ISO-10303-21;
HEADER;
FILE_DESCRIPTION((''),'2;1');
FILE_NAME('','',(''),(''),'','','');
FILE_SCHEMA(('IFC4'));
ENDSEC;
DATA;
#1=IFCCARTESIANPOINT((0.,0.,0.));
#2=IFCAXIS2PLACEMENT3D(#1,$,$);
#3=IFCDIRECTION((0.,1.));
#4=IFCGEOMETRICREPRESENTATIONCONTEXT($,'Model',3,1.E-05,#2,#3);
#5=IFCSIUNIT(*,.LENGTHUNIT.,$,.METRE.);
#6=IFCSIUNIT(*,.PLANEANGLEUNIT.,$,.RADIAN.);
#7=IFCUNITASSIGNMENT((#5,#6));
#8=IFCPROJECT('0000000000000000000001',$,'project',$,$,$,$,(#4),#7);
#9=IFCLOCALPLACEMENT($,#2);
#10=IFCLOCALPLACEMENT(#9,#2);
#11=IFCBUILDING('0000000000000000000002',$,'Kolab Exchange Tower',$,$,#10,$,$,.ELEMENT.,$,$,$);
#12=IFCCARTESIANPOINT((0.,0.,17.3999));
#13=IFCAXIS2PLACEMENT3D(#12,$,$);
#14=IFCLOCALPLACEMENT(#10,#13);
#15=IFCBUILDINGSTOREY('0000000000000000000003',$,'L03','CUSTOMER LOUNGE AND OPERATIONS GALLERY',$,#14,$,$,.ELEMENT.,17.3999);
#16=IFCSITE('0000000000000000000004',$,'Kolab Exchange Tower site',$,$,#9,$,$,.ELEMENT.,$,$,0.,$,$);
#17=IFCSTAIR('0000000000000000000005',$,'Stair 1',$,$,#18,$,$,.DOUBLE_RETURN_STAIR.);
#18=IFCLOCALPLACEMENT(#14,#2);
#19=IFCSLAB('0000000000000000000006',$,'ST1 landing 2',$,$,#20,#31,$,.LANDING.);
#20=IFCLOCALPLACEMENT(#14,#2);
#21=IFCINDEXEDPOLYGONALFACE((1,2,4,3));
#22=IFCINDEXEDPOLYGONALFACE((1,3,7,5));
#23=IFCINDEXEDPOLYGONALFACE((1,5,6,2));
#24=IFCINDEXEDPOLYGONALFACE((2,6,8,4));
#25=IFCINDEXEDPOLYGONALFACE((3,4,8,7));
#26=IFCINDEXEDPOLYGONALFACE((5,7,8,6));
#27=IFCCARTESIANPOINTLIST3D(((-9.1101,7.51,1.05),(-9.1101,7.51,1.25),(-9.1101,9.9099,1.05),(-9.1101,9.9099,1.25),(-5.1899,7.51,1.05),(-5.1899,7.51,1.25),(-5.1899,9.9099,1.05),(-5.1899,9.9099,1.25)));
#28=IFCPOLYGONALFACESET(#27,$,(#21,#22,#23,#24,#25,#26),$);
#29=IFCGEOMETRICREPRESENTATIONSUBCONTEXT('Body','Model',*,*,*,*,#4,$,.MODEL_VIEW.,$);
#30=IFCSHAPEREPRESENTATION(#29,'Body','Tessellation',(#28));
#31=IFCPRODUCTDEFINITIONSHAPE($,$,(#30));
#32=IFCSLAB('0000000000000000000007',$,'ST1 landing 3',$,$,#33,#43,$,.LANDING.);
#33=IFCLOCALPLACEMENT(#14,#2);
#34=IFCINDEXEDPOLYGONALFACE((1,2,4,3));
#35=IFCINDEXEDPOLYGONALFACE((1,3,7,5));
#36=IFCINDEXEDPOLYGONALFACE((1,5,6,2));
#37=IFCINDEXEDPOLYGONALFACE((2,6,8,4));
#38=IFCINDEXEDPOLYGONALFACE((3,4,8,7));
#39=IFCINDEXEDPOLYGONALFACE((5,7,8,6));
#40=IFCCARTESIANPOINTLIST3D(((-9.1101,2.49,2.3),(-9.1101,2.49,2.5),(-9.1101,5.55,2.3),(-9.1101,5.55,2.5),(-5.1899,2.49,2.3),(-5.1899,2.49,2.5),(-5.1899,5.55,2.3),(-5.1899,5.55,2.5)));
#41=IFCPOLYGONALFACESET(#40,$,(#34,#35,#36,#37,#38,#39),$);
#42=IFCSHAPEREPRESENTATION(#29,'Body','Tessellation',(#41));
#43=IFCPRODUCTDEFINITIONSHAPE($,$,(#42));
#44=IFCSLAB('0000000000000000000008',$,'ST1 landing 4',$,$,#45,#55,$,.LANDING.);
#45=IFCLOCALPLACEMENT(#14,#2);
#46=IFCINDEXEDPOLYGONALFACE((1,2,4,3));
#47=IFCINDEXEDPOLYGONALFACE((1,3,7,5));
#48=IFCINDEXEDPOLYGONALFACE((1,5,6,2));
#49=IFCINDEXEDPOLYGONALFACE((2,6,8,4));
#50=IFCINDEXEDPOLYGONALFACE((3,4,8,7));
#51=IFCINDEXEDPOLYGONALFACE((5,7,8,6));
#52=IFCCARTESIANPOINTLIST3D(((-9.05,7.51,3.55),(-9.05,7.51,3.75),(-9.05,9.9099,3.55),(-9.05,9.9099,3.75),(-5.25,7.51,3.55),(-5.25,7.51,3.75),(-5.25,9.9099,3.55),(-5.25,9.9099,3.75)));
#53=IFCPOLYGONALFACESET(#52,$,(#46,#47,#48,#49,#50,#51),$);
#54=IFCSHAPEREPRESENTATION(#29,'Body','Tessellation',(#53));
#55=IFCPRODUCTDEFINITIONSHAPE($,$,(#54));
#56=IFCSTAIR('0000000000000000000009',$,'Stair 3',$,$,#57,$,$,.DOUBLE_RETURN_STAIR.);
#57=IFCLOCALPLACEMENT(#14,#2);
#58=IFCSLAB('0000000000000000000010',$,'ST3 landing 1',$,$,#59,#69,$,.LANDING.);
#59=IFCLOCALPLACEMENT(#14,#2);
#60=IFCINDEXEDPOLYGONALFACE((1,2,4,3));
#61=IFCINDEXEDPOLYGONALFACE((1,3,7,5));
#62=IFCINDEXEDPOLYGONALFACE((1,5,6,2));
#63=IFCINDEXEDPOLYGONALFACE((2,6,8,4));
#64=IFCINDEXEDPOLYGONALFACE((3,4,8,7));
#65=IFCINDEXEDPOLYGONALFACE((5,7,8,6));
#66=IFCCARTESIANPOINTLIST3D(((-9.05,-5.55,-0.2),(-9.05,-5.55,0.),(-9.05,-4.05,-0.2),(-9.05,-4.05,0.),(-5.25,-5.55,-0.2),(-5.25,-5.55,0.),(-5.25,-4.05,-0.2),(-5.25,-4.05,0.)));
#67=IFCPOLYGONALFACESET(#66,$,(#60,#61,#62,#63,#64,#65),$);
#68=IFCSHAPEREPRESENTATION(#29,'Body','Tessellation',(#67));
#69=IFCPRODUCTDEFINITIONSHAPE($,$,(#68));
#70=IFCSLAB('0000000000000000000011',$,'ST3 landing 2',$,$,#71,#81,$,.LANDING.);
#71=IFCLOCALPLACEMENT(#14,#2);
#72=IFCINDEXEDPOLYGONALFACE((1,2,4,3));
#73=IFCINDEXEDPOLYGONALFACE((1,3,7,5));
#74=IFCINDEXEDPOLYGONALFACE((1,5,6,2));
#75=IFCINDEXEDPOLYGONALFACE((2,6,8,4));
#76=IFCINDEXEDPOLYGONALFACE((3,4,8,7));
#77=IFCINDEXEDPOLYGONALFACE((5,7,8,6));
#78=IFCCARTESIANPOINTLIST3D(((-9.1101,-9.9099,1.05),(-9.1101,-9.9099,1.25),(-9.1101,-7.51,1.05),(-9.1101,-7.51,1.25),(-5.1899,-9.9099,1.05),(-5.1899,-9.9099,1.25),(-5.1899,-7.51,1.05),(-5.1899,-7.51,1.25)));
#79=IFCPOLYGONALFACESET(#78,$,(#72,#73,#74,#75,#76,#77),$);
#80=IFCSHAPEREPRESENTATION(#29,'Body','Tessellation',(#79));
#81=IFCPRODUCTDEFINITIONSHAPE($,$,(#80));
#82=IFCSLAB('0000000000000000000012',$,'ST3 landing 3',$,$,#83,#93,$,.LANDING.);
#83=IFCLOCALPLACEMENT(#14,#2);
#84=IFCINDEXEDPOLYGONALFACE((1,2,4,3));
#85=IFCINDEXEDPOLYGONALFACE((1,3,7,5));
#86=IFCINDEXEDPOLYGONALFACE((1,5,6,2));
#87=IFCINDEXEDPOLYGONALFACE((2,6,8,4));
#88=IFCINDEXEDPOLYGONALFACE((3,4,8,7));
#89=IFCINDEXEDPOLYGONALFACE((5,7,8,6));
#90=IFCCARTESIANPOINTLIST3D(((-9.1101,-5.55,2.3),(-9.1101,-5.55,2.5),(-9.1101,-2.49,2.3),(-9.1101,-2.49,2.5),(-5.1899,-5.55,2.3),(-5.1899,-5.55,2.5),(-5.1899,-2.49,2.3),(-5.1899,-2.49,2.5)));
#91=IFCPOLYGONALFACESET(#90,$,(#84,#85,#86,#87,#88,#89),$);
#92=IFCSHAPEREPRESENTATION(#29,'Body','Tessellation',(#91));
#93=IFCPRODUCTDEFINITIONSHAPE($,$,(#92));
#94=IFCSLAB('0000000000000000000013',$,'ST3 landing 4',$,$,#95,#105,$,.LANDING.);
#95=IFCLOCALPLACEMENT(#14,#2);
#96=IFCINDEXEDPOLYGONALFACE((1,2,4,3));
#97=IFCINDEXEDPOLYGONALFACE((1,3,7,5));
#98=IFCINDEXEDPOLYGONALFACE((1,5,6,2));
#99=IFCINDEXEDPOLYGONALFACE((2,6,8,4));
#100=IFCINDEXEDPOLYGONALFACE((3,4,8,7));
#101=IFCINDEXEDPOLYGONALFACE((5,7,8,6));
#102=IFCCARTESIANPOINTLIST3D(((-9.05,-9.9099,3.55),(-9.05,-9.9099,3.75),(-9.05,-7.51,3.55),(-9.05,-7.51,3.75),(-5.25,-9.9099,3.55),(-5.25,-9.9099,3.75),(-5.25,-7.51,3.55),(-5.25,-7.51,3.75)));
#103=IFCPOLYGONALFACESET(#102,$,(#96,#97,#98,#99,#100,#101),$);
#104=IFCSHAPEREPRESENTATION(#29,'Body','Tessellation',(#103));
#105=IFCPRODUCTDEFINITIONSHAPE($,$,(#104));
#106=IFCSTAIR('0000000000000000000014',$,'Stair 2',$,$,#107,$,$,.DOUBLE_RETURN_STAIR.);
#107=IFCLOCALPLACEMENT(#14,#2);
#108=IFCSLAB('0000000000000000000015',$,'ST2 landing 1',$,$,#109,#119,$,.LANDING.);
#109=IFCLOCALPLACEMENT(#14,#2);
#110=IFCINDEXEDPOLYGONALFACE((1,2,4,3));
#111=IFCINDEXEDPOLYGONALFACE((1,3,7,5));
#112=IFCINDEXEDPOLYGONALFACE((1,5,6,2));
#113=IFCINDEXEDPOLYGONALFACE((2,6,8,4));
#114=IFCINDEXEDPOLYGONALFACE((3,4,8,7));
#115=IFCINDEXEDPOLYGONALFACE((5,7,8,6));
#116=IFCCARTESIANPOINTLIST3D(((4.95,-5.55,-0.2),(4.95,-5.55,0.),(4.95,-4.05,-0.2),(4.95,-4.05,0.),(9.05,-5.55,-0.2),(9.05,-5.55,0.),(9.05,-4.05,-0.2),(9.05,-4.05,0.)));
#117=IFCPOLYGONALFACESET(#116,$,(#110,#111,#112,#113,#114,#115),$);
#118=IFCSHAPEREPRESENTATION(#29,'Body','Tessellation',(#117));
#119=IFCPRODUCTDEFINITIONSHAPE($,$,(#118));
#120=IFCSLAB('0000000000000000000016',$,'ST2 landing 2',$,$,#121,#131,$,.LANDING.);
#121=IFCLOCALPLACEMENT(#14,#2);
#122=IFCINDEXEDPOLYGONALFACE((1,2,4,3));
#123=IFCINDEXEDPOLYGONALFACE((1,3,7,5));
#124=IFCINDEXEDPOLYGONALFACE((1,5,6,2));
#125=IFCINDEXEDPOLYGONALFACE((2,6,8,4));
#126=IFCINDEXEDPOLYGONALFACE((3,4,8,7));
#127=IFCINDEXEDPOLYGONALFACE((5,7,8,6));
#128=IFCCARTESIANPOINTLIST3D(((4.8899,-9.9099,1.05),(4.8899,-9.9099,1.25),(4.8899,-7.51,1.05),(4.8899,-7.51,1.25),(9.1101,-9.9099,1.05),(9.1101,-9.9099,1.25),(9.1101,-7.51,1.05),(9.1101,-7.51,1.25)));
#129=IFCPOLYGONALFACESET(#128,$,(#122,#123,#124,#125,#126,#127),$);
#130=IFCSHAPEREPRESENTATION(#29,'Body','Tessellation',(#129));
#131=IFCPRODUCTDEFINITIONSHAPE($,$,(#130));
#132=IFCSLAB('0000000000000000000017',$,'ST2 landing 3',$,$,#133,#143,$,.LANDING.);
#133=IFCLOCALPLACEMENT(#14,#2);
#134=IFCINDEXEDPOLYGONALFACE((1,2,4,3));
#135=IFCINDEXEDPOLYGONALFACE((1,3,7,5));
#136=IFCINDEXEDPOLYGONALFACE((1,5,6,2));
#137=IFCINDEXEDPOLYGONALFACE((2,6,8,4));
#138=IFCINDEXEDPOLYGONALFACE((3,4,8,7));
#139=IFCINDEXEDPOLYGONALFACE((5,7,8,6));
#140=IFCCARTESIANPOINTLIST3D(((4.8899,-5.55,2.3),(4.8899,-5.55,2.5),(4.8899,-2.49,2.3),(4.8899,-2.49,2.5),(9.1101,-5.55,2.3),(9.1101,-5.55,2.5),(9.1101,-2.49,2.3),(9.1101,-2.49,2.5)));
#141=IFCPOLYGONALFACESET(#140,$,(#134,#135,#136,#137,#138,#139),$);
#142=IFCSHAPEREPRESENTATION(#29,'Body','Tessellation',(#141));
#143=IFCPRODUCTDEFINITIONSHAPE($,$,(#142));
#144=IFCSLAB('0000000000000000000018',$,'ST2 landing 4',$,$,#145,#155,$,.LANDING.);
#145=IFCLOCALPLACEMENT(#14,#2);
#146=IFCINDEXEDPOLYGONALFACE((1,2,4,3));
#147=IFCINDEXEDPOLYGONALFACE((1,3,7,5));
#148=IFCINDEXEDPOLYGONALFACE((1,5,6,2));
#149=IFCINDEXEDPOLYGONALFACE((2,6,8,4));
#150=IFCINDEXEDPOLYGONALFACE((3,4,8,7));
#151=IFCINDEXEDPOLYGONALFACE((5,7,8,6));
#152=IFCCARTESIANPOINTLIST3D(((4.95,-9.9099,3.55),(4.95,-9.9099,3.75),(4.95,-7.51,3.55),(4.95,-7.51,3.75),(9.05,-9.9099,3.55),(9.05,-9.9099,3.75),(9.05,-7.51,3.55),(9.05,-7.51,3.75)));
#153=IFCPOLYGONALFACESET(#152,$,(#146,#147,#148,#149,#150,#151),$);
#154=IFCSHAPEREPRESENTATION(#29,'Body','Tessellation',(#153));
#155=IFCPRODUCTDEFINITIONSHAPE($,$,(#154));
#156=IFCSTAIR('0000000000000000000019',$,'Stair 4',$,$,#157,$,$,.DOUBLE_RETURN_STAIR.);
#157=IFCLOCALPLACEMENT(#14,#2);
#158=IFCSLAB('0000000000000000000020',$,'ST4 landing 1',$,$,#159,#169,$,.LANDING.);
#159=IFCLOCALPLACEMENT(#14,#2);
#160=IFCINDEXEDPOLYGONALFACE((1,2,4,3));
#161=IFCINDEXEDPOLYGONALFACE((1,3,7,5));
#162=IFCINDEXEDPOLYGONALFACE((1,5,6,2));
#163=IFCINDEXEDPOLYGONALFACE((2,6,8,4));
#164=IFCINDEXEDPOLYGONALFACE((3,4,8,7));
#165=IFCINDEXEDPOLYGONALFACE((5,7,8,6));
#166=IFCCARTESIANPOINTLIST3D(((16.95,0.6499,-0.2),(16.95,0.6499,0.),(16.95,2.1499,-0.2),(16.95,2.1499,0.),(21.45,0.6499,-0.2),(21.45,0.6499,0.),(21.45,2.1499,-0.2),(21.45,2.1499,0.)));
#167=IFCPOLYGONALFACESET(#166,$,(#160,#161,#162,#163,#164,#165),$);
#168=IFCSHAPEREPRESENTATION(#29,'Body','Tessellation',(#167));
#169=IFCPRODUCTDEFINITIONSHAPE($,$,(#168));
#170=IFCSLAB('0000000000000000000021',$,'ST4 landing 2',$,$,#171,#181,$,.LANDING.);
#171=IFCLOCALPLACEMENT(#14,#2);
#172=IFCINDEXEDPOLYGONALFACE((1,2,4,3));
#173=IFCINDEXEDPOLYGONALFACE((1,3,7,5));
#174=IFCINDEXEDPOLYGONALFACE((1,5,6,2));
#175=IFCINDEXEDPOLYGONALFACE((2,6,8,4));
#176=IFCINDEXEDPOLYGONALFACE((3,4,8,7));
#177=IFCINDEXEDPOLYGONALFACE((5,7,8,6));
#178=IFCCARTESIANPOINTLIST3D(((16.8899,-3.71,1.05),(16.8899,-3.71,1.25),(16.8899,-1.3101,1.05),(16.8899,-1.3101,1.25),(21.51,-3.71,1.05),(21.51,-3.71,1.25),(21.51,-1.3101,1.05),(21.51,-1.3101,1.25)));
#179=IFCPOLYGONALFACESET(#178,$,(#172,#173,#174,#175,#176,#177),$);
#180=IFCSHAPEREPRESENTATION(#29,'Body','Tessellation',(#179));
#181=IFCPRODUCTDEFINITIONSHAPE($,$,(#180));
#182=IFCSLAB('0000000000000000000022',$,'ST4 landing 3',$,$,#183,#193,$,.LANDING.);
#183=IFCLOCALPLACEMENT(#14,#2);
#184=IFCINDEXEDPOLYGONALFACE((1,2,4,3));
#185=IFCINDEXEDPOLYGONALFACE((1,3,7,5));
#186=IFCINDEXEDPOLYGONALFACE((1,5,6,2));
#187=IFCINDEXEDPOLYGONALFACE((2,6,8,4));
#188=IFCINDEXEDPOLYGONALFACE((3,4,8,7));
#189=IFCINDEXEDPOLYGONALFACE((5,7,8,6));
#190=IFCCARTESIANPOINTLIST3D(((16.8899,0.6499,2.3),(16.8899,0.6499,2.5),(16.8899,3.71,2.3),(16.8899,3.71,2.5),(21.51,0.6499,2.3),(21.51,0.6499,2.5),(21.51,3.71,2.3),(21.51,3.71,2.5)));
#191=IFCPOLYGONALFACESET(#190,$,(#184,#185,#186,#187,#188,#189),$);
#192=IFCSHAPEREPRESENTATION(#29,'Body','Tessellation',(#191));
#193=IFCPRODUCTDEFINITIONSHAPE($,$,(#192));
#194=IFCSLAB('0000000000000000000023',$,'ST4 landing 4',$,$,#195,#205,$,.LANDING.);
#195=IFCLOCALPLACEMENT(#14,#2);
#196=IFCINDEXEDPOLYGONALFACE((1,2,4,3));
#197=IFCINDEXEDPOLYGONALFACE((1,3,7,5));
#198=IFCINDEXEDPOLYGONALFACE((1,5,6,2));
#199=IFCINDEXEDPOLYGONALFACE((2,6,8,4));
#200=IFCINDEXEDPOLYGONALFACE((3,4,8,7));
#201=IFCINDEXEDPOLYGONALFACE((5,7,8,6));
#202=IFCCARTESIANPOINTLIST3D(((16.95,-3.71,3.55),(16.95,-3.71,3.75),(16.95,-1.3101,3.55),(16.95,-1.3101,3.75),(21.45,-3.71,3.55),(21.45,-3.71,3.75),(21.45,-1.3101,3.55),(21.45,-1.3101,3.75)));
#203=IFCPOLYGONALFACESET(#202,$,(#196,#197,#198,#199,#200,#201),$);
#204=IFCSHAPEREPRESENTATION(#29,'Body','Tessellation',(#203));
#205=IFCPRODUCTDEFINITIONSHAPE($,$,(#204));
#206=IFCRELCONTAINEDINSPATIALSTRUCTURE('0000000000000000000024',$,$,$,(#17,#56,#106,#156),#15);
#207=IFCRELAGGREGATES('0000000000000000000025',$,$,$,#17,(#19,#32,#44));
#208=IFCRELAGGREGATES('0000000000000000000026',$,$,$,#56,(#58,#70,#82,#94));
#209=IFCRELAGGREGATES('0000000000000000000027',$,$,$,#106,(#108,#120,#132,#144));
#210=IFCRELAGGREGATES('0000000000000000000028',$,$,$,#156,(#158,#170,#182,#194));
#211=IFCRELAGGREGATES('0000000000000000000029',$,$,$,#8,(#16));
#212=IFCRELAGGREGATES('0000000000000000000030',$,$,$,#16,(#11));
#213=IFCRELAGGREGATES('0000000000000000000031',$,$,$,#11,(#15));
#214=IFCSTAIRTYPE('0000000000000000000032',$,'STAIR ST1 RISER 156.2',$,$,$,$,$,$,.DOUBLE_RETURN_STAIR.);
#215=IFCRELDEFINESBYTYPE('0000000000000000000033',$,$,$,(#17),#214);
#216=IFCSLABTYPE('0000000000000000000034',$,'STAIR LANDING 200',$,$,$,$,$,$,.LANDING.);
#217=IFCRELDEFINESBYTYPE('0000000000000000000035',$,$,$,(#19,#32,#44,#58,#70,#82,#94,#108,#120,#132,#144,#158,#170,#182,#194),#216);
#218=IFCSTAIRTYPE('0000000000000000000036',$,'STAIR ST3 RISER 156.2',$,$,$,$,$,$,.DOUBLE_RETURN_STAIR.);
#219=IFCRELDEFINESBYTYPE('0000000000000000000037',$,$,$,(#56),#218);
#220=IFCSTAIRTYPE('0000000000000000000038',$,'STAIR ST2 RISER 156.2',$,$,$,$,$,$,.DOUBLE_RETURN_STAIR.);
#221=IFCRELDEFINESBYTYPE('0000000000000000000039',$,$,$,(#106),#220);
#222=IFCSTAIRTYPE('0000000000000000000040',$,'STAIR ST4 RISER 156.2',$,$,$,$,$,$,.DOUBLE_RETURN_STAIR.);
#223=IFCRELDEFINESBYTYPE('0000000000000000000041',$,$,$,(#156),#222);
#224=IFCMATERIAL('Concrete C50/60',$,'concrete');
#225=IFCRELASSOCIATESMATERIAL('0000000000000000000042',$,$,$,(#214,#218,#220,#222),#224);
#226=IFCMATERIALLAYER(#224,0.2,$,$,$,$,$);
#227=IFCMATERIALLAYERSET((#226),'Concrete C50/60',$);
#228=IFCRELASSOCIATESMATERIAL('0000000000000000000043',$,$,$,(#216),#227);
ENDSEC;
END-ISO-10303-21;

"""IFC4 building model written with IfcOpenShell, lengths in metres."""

from ifc_helpers import new_model, si_unit, direction, frame, origin, place, context, subcontext, project, spatial, polyline, outline, extrude, material, layer, layer_set, type_object, element, aggregate, save


model = new_model("IFC4")

# Units and contexts
model_context = context("Model", 3, precision=1e-05, world=origin(), true_north=direction((0.0, 1.0)))
body_context = subcontext(model_context, "Body", "Model", "MODEL_VIEW")
ifc_project = project(units=[si_unit("LENGTHUNIT", "METRE"), si_unit("PLANEANGLEUNIT", "RADIAN")], contexts=[model_context])

# Site, building, storey
site_placement = place(None, origin())
site = spatial("IfcSite", under=ifc_project, at=site_placement, Name="Kolab Exchange Tower site", CompositionType="ELEMENT", RefElevation=0.0)
building_placement = place(site_placement, origin())
building = spatial("IfcBuilding", under=site, at=building_placement, Name="Kolab Exchange Tower", CompositionType="ELEMENT")
storey_placement = place(building_placement, frame((0.0, 0.0, 17.3999)))
storey = spatial("IfcBuildingStorey", under=building, at=storey_placement, Name="L03", Description="CUSTOMER LOUNGE AND OPERATIONS GALLERY", CompositionType="ELEMENT", Elevation=17.3999)

# Stairs, slabs
ifc_material = material(Name="Concrete C50/60", Category="concrete")
stair_type_1 = type_object("IfcStairType", Name="STAIR ST1 RISER 156.2", PredefinedType="DOUBLE_RETURN_STAIR", material=ifc_material)
stair_1_placement = place(storey_placement, origin())
stair_1 = element("IfcStair", 1, at=stair_1_placement, inside=storey, type_object=stair_type_1, Name="Stair 1", PredefinedType="DOUBLE_RETURN_STAIR")
ifc_layer_1 = layer(ifc_material, 0.2)
ifc_layer_set_1 = layer_set([ifc_layer_1], Name="Concrete C50/60")
slab_type = type_object("IfcSlabType", Name="STAIR LANDING 200", PredefinedType="LANDING", material=ifc_layer_set_1)
slab_1_placement = place(storey_placement, frame((0.0, 0.0, 1.05)))
slab_1 = element("IfcSlab", 2, at=slab_1_placement, type_object=slab_type, Name="ST1 landing 2", PredefinedType="LANDING", context=body_context, shape_type="SweptSolid", body=[
    extrude(outline(polyline([(-9.1101, 7.51), (-5.1899, 7.51), (-5.1899, 9.9099), (-9.1101, 9.9099), (-9.1101, 7.51)])), origin(), (0.0, 0.0, 1.0), 0.2),
])
slab_2_placement = place(storey_placement, frame((0.0, 0.0, 2.3)))
slab_2 = element("IfcSlab", 3, at=slab_2_placement, type_object=slab_type, Name="ST1 landing 3", PredefinedType="LANDING", context=body_context, shape_type="SweptSolid", body=[
    extrude(outline(polyline([(-9.1101, 2.49), (-5.1899, 2.49), (-5.1899, 5.55), (-9.1101, 5.55), (-9.1101, 2.49)])), origin(), (0.0, 0.0, 1.0), 0.2),
])
slab_3_placement = place(storey_placement, frame((0.0, 0.0, 3.55)))
slab_3 = element("IfcSlab", 4, at=slab_3_placement, type_object=slab_type, Name="ST1 landing 4", PredefinedType="LANDING", context=body_context, shape_type="SweptSolid", body=[
    extrude(outline(polyline([(-9.05, 7.51), (-5.25, 7.51), (-5.25, 9.9099), (-9.05, 9.9099), (-9.05, 7.51)])), origin(), (0.0, 0.0, 1.0), 0.2),
])
aggregate(stair_1, [slab_1, slab_2, slab_3])
stair_type_2 = type_object("IfcStairType", Name="STAIR ST3 RISER 156.2", PredefinedType="DOUBLE_RETURN_STAIR", material=ifc_material)
stair_2_placement = place(storey_placement, origin())
stair_2 = element("IfcStair", 5, at=stair_2_placement, inside=storey, type_object=stair_type_2, Name="Stair 3", PredefinedType="DOUBLE_RETURN_STAIR")
slab_4_placement = place(storey_placement, frame((0.0, 0.0, -0.2)))
slab_4 = element("IfcSlab", 6, at=slab_4_placement, type_object=slab_type, Name="ST3 landing 1", PredefinedType="LANDING", context=body_context, shape_type="SweptSolid", body=[
    extrude(outline(polyline([(-9.05, -5.55), (-5.25, -5.55), (-5.25, -4.05), (-9.05, -4.05), (-9.05, -5.55)])), origin(), (0.0, 0.0, 1.0), 0.2),
])
slab_5_placement = place(storey_placement, frame((0.0, 0.0, 1.05)))
slab_5 = element("IfcSlab", 7, at=slab_5_placement, type_object=slab_type, Name="ST3 landing 2", PredefinedType="LANDING", context=body_context, shape_type="SweptSolid", body=[
    extrude(outline(polyline([(-9.1101, -9.9099), (-5.1899, -9.9099), (-5.1899, -7.51), (-9.1101, -7.51), (-9.1101, -9.9099)])), origin(), (0.0, 0.0, 1.0), 0.2),
])
slab_6_placement = place(storey_placement, frame((0.0, 0.0, 2.3)))
slab_6 = element("IfcSlab", 8, at=slab_6_placement, type_object=slab_type, Name="ST3 landing 3", PredefinedType="LANDING", context=body_context, shape_type="SweptSolid", body=[
    extrude(outline(polyline([(-9.1101, -5.55), (-5.1899, -5.55), (-5.1899, -2.49), (-9.1101, -2.49), (-9.1101, -5.55)])), origin(), (0.0, 0.0, 1.0), 0.2),
])
slab_7_placement = place(storey_placement, frame((0.0, 0.0, 3.55)))
slab_7 = element("IfcSlab", 9, at=slab_7_placement, type_object=slab_type, Name="ST3 landing 4", PredefinedType="LANDING", context=body_context, shape_type="SweptSolid", body=[
    extrude(outline(polyline([(-9.05, -9.9099), (-5.25, -9.9099), (-5.25, -7.51), (-9.05, -7.51), (-9.05, -9.9099)])), origin(), (0.0, 0.0, 1.0), 0.2),
])
aggregate(stair_2, [slab_4, slab_5, slab_6, slab_7])
stair_type_3 = type_object("IfcStairType", Name="STAIR ST2 RISER 156.2", PredefinedType="DOUBLE_RETURN_STAIR", material=ifc_material)
stair_3_placement = place(storey_placement, origin())
stair_3 = element("IfcStair", 10, at=stair_3_placement, inside=storey, type_object=stair_type_3, Name="Stair 2", PredefinedType="DOUBLE_RETURN_STAIR")
slab_8_placement = place(storey_placement, frame((0.0, 0.0, -0.2)))
slab_8 = element("IfcSlab", 11, at=slab_8_placement, type_object=slab_type, Name="ST2 landing 1", PredefinedType="LANDING", context=body_context, shape_type="SweptSolid", body=[
    extrude(outline(polyline([(4.95, -5.55), (9.05, -5.55), (9.05, -4.05), (4.95, -4.05), (4.95, -5.55)])), origin(), (0.0, 0.0, 1.0), 0.2),
])
slab_9_placement = place(storey_placement, frame((0.0, 0.0, 1.05)))
slab_9 = element("IfcSlab", 12, at=slab_9_placement, type_object=slab_type, Name="ST2 landing 2", PredefinedType="LANDING", context=body_context, shape_type="SweptSolid", body=[
    extrude(outline(polyline([(4.8899, -9.9099), (9.1101, -9.9099), (9.1101, -7.51), (4.8899, -7.51), (4.8899, -9.9099)])), origin(), (0.0, 0.0, 1.0), 0.2),
])
slab_10_placement = place(storey_placement, frame((0.0, 0.0, 2.3)))
slab_10 = element("IfcSlab", 13, at=slab_10_placement, type_object=slab_type, Name="ST2 landing 3", PredefinedType="LANDING", context=body_context, shape_type="SweptSolid", body=[
    extrude(outline(polyline([(4.8899, -5.55), (9.1101, -5.55), (9.1101, -2.49), (4.8899, -2.49), (4.8899, -5.55)])), origin(), (0.0, 0.0, 1.0), 0.2),
])
slab_11_placement = place(storey_placement, frame((0.0, 0.0, 3.55)))
slab_11 = element("IfcSlab", 14, at=slab_11_placement, type_object=slab_type, Name="ST2 landing 4", PredefinedType="LANDING", context=body_context, shape_type="SweptSolid", body=[
    extrude(outline(polyline([(4.95, -9.9099), (9.05, -9.9099), (9.05, -7.51), (4.95, -7.51), (4.95, -9.9099)])), origin(), (0.0, 0.0, 1.0), 0.2),
])
aggregate(stair_3, [slab_8, slab_9, slab_10, slab_11])
stair_type_4 = type_object("IfcStairType", Name="STAIR ST4 RISER 156.2", PredefinedType="DOUBLE_RETURN_STAIR", material=ifc_material)
stair_4_placement = place(storey_placement, origin())
stair_4 = element("IfcStair", 15, at=stair_4_placement, inside=storey, type_object=stair_type_4, Name="Stair 4", PredefinedType="DOUBLE_RETURN_STAIR")
slab_12_placement = place(storey_placement, frame((0.0, 0.0, -0.2)))
slab_12 = element("IfcSlab", 16, at=slab_12_placement, type_object=slab_type, Name="ST4 landing 1", PredefinedType="LANDING", context=body_context, shape_type="SweptSolid", body=[
    extrude(outline(polyline([(16.95, 0.6499), (21.45, 0.6499), (21.45, 2.1499), (16.95, 2.1499), (16.95, 0.6499)])), origin(), (0.0, 0.0, 1.0), 0.2),
])
slab_13_placement = place(storey_placement, frame((0.0, 0.0, 1.05)))
slab_13 = element("IfcSlab", 17, at=slab_13_placement, type_object=slab_type, Name="ST4 landing 2", PredefinedType="LANDING", context=body_context, shape_type="SweptSolid", body=[
    extrude(outline(polyline([(16.8899, -3.71), (21.51, -3.71), (21.51, -1.3101), (16.8899, -1.3101), (16.8899, -3.71)])), origin(), (0.0, 0.0, 1.0), 0.2),
])
slab_14_placement = place(storey_placement, frame((0.0, 0.0, 2.3)))
slab_14 = element("IfcSlab", 18, at=slab_14_placement, type_object=slab_type, Name="ST4 landing 3", PredefinedType="LANDING", context=body_context, shape_type="SweptSolid", body=[
    extrude(outline(polyline([(16.8899, 0.6499), (21.51, 0.6499), (21.51, 3.71), (16.8899, 3.71), (16.8899, 0.6499)])), origin(), (0.0, 0.0, 1.0), 0.2),
])
slab_15_placement = place(storey_placement, frame((0.0, 0.0, 3.55)))
slab_15 = element("IfcSlab", 19, at=slab_15_placement, type_object=slab_type, Name="ST4 landing 4", PredefinedType="LANDING", context=body_context, shape_type="SweptSolid", body=[
    extrude(outline(polyline([(16.95, -3.71), (21.45, -3.71), (21.45, -1.3101), (16.95, -1.3101), (16.95, -3.71)])), origin(), (0.0, 0.0, 1.0), 0.2),
])
aggregate(stair_4, [slab_12, slab_13, slab_14, slab_15])

save(model, "model.ifc")
